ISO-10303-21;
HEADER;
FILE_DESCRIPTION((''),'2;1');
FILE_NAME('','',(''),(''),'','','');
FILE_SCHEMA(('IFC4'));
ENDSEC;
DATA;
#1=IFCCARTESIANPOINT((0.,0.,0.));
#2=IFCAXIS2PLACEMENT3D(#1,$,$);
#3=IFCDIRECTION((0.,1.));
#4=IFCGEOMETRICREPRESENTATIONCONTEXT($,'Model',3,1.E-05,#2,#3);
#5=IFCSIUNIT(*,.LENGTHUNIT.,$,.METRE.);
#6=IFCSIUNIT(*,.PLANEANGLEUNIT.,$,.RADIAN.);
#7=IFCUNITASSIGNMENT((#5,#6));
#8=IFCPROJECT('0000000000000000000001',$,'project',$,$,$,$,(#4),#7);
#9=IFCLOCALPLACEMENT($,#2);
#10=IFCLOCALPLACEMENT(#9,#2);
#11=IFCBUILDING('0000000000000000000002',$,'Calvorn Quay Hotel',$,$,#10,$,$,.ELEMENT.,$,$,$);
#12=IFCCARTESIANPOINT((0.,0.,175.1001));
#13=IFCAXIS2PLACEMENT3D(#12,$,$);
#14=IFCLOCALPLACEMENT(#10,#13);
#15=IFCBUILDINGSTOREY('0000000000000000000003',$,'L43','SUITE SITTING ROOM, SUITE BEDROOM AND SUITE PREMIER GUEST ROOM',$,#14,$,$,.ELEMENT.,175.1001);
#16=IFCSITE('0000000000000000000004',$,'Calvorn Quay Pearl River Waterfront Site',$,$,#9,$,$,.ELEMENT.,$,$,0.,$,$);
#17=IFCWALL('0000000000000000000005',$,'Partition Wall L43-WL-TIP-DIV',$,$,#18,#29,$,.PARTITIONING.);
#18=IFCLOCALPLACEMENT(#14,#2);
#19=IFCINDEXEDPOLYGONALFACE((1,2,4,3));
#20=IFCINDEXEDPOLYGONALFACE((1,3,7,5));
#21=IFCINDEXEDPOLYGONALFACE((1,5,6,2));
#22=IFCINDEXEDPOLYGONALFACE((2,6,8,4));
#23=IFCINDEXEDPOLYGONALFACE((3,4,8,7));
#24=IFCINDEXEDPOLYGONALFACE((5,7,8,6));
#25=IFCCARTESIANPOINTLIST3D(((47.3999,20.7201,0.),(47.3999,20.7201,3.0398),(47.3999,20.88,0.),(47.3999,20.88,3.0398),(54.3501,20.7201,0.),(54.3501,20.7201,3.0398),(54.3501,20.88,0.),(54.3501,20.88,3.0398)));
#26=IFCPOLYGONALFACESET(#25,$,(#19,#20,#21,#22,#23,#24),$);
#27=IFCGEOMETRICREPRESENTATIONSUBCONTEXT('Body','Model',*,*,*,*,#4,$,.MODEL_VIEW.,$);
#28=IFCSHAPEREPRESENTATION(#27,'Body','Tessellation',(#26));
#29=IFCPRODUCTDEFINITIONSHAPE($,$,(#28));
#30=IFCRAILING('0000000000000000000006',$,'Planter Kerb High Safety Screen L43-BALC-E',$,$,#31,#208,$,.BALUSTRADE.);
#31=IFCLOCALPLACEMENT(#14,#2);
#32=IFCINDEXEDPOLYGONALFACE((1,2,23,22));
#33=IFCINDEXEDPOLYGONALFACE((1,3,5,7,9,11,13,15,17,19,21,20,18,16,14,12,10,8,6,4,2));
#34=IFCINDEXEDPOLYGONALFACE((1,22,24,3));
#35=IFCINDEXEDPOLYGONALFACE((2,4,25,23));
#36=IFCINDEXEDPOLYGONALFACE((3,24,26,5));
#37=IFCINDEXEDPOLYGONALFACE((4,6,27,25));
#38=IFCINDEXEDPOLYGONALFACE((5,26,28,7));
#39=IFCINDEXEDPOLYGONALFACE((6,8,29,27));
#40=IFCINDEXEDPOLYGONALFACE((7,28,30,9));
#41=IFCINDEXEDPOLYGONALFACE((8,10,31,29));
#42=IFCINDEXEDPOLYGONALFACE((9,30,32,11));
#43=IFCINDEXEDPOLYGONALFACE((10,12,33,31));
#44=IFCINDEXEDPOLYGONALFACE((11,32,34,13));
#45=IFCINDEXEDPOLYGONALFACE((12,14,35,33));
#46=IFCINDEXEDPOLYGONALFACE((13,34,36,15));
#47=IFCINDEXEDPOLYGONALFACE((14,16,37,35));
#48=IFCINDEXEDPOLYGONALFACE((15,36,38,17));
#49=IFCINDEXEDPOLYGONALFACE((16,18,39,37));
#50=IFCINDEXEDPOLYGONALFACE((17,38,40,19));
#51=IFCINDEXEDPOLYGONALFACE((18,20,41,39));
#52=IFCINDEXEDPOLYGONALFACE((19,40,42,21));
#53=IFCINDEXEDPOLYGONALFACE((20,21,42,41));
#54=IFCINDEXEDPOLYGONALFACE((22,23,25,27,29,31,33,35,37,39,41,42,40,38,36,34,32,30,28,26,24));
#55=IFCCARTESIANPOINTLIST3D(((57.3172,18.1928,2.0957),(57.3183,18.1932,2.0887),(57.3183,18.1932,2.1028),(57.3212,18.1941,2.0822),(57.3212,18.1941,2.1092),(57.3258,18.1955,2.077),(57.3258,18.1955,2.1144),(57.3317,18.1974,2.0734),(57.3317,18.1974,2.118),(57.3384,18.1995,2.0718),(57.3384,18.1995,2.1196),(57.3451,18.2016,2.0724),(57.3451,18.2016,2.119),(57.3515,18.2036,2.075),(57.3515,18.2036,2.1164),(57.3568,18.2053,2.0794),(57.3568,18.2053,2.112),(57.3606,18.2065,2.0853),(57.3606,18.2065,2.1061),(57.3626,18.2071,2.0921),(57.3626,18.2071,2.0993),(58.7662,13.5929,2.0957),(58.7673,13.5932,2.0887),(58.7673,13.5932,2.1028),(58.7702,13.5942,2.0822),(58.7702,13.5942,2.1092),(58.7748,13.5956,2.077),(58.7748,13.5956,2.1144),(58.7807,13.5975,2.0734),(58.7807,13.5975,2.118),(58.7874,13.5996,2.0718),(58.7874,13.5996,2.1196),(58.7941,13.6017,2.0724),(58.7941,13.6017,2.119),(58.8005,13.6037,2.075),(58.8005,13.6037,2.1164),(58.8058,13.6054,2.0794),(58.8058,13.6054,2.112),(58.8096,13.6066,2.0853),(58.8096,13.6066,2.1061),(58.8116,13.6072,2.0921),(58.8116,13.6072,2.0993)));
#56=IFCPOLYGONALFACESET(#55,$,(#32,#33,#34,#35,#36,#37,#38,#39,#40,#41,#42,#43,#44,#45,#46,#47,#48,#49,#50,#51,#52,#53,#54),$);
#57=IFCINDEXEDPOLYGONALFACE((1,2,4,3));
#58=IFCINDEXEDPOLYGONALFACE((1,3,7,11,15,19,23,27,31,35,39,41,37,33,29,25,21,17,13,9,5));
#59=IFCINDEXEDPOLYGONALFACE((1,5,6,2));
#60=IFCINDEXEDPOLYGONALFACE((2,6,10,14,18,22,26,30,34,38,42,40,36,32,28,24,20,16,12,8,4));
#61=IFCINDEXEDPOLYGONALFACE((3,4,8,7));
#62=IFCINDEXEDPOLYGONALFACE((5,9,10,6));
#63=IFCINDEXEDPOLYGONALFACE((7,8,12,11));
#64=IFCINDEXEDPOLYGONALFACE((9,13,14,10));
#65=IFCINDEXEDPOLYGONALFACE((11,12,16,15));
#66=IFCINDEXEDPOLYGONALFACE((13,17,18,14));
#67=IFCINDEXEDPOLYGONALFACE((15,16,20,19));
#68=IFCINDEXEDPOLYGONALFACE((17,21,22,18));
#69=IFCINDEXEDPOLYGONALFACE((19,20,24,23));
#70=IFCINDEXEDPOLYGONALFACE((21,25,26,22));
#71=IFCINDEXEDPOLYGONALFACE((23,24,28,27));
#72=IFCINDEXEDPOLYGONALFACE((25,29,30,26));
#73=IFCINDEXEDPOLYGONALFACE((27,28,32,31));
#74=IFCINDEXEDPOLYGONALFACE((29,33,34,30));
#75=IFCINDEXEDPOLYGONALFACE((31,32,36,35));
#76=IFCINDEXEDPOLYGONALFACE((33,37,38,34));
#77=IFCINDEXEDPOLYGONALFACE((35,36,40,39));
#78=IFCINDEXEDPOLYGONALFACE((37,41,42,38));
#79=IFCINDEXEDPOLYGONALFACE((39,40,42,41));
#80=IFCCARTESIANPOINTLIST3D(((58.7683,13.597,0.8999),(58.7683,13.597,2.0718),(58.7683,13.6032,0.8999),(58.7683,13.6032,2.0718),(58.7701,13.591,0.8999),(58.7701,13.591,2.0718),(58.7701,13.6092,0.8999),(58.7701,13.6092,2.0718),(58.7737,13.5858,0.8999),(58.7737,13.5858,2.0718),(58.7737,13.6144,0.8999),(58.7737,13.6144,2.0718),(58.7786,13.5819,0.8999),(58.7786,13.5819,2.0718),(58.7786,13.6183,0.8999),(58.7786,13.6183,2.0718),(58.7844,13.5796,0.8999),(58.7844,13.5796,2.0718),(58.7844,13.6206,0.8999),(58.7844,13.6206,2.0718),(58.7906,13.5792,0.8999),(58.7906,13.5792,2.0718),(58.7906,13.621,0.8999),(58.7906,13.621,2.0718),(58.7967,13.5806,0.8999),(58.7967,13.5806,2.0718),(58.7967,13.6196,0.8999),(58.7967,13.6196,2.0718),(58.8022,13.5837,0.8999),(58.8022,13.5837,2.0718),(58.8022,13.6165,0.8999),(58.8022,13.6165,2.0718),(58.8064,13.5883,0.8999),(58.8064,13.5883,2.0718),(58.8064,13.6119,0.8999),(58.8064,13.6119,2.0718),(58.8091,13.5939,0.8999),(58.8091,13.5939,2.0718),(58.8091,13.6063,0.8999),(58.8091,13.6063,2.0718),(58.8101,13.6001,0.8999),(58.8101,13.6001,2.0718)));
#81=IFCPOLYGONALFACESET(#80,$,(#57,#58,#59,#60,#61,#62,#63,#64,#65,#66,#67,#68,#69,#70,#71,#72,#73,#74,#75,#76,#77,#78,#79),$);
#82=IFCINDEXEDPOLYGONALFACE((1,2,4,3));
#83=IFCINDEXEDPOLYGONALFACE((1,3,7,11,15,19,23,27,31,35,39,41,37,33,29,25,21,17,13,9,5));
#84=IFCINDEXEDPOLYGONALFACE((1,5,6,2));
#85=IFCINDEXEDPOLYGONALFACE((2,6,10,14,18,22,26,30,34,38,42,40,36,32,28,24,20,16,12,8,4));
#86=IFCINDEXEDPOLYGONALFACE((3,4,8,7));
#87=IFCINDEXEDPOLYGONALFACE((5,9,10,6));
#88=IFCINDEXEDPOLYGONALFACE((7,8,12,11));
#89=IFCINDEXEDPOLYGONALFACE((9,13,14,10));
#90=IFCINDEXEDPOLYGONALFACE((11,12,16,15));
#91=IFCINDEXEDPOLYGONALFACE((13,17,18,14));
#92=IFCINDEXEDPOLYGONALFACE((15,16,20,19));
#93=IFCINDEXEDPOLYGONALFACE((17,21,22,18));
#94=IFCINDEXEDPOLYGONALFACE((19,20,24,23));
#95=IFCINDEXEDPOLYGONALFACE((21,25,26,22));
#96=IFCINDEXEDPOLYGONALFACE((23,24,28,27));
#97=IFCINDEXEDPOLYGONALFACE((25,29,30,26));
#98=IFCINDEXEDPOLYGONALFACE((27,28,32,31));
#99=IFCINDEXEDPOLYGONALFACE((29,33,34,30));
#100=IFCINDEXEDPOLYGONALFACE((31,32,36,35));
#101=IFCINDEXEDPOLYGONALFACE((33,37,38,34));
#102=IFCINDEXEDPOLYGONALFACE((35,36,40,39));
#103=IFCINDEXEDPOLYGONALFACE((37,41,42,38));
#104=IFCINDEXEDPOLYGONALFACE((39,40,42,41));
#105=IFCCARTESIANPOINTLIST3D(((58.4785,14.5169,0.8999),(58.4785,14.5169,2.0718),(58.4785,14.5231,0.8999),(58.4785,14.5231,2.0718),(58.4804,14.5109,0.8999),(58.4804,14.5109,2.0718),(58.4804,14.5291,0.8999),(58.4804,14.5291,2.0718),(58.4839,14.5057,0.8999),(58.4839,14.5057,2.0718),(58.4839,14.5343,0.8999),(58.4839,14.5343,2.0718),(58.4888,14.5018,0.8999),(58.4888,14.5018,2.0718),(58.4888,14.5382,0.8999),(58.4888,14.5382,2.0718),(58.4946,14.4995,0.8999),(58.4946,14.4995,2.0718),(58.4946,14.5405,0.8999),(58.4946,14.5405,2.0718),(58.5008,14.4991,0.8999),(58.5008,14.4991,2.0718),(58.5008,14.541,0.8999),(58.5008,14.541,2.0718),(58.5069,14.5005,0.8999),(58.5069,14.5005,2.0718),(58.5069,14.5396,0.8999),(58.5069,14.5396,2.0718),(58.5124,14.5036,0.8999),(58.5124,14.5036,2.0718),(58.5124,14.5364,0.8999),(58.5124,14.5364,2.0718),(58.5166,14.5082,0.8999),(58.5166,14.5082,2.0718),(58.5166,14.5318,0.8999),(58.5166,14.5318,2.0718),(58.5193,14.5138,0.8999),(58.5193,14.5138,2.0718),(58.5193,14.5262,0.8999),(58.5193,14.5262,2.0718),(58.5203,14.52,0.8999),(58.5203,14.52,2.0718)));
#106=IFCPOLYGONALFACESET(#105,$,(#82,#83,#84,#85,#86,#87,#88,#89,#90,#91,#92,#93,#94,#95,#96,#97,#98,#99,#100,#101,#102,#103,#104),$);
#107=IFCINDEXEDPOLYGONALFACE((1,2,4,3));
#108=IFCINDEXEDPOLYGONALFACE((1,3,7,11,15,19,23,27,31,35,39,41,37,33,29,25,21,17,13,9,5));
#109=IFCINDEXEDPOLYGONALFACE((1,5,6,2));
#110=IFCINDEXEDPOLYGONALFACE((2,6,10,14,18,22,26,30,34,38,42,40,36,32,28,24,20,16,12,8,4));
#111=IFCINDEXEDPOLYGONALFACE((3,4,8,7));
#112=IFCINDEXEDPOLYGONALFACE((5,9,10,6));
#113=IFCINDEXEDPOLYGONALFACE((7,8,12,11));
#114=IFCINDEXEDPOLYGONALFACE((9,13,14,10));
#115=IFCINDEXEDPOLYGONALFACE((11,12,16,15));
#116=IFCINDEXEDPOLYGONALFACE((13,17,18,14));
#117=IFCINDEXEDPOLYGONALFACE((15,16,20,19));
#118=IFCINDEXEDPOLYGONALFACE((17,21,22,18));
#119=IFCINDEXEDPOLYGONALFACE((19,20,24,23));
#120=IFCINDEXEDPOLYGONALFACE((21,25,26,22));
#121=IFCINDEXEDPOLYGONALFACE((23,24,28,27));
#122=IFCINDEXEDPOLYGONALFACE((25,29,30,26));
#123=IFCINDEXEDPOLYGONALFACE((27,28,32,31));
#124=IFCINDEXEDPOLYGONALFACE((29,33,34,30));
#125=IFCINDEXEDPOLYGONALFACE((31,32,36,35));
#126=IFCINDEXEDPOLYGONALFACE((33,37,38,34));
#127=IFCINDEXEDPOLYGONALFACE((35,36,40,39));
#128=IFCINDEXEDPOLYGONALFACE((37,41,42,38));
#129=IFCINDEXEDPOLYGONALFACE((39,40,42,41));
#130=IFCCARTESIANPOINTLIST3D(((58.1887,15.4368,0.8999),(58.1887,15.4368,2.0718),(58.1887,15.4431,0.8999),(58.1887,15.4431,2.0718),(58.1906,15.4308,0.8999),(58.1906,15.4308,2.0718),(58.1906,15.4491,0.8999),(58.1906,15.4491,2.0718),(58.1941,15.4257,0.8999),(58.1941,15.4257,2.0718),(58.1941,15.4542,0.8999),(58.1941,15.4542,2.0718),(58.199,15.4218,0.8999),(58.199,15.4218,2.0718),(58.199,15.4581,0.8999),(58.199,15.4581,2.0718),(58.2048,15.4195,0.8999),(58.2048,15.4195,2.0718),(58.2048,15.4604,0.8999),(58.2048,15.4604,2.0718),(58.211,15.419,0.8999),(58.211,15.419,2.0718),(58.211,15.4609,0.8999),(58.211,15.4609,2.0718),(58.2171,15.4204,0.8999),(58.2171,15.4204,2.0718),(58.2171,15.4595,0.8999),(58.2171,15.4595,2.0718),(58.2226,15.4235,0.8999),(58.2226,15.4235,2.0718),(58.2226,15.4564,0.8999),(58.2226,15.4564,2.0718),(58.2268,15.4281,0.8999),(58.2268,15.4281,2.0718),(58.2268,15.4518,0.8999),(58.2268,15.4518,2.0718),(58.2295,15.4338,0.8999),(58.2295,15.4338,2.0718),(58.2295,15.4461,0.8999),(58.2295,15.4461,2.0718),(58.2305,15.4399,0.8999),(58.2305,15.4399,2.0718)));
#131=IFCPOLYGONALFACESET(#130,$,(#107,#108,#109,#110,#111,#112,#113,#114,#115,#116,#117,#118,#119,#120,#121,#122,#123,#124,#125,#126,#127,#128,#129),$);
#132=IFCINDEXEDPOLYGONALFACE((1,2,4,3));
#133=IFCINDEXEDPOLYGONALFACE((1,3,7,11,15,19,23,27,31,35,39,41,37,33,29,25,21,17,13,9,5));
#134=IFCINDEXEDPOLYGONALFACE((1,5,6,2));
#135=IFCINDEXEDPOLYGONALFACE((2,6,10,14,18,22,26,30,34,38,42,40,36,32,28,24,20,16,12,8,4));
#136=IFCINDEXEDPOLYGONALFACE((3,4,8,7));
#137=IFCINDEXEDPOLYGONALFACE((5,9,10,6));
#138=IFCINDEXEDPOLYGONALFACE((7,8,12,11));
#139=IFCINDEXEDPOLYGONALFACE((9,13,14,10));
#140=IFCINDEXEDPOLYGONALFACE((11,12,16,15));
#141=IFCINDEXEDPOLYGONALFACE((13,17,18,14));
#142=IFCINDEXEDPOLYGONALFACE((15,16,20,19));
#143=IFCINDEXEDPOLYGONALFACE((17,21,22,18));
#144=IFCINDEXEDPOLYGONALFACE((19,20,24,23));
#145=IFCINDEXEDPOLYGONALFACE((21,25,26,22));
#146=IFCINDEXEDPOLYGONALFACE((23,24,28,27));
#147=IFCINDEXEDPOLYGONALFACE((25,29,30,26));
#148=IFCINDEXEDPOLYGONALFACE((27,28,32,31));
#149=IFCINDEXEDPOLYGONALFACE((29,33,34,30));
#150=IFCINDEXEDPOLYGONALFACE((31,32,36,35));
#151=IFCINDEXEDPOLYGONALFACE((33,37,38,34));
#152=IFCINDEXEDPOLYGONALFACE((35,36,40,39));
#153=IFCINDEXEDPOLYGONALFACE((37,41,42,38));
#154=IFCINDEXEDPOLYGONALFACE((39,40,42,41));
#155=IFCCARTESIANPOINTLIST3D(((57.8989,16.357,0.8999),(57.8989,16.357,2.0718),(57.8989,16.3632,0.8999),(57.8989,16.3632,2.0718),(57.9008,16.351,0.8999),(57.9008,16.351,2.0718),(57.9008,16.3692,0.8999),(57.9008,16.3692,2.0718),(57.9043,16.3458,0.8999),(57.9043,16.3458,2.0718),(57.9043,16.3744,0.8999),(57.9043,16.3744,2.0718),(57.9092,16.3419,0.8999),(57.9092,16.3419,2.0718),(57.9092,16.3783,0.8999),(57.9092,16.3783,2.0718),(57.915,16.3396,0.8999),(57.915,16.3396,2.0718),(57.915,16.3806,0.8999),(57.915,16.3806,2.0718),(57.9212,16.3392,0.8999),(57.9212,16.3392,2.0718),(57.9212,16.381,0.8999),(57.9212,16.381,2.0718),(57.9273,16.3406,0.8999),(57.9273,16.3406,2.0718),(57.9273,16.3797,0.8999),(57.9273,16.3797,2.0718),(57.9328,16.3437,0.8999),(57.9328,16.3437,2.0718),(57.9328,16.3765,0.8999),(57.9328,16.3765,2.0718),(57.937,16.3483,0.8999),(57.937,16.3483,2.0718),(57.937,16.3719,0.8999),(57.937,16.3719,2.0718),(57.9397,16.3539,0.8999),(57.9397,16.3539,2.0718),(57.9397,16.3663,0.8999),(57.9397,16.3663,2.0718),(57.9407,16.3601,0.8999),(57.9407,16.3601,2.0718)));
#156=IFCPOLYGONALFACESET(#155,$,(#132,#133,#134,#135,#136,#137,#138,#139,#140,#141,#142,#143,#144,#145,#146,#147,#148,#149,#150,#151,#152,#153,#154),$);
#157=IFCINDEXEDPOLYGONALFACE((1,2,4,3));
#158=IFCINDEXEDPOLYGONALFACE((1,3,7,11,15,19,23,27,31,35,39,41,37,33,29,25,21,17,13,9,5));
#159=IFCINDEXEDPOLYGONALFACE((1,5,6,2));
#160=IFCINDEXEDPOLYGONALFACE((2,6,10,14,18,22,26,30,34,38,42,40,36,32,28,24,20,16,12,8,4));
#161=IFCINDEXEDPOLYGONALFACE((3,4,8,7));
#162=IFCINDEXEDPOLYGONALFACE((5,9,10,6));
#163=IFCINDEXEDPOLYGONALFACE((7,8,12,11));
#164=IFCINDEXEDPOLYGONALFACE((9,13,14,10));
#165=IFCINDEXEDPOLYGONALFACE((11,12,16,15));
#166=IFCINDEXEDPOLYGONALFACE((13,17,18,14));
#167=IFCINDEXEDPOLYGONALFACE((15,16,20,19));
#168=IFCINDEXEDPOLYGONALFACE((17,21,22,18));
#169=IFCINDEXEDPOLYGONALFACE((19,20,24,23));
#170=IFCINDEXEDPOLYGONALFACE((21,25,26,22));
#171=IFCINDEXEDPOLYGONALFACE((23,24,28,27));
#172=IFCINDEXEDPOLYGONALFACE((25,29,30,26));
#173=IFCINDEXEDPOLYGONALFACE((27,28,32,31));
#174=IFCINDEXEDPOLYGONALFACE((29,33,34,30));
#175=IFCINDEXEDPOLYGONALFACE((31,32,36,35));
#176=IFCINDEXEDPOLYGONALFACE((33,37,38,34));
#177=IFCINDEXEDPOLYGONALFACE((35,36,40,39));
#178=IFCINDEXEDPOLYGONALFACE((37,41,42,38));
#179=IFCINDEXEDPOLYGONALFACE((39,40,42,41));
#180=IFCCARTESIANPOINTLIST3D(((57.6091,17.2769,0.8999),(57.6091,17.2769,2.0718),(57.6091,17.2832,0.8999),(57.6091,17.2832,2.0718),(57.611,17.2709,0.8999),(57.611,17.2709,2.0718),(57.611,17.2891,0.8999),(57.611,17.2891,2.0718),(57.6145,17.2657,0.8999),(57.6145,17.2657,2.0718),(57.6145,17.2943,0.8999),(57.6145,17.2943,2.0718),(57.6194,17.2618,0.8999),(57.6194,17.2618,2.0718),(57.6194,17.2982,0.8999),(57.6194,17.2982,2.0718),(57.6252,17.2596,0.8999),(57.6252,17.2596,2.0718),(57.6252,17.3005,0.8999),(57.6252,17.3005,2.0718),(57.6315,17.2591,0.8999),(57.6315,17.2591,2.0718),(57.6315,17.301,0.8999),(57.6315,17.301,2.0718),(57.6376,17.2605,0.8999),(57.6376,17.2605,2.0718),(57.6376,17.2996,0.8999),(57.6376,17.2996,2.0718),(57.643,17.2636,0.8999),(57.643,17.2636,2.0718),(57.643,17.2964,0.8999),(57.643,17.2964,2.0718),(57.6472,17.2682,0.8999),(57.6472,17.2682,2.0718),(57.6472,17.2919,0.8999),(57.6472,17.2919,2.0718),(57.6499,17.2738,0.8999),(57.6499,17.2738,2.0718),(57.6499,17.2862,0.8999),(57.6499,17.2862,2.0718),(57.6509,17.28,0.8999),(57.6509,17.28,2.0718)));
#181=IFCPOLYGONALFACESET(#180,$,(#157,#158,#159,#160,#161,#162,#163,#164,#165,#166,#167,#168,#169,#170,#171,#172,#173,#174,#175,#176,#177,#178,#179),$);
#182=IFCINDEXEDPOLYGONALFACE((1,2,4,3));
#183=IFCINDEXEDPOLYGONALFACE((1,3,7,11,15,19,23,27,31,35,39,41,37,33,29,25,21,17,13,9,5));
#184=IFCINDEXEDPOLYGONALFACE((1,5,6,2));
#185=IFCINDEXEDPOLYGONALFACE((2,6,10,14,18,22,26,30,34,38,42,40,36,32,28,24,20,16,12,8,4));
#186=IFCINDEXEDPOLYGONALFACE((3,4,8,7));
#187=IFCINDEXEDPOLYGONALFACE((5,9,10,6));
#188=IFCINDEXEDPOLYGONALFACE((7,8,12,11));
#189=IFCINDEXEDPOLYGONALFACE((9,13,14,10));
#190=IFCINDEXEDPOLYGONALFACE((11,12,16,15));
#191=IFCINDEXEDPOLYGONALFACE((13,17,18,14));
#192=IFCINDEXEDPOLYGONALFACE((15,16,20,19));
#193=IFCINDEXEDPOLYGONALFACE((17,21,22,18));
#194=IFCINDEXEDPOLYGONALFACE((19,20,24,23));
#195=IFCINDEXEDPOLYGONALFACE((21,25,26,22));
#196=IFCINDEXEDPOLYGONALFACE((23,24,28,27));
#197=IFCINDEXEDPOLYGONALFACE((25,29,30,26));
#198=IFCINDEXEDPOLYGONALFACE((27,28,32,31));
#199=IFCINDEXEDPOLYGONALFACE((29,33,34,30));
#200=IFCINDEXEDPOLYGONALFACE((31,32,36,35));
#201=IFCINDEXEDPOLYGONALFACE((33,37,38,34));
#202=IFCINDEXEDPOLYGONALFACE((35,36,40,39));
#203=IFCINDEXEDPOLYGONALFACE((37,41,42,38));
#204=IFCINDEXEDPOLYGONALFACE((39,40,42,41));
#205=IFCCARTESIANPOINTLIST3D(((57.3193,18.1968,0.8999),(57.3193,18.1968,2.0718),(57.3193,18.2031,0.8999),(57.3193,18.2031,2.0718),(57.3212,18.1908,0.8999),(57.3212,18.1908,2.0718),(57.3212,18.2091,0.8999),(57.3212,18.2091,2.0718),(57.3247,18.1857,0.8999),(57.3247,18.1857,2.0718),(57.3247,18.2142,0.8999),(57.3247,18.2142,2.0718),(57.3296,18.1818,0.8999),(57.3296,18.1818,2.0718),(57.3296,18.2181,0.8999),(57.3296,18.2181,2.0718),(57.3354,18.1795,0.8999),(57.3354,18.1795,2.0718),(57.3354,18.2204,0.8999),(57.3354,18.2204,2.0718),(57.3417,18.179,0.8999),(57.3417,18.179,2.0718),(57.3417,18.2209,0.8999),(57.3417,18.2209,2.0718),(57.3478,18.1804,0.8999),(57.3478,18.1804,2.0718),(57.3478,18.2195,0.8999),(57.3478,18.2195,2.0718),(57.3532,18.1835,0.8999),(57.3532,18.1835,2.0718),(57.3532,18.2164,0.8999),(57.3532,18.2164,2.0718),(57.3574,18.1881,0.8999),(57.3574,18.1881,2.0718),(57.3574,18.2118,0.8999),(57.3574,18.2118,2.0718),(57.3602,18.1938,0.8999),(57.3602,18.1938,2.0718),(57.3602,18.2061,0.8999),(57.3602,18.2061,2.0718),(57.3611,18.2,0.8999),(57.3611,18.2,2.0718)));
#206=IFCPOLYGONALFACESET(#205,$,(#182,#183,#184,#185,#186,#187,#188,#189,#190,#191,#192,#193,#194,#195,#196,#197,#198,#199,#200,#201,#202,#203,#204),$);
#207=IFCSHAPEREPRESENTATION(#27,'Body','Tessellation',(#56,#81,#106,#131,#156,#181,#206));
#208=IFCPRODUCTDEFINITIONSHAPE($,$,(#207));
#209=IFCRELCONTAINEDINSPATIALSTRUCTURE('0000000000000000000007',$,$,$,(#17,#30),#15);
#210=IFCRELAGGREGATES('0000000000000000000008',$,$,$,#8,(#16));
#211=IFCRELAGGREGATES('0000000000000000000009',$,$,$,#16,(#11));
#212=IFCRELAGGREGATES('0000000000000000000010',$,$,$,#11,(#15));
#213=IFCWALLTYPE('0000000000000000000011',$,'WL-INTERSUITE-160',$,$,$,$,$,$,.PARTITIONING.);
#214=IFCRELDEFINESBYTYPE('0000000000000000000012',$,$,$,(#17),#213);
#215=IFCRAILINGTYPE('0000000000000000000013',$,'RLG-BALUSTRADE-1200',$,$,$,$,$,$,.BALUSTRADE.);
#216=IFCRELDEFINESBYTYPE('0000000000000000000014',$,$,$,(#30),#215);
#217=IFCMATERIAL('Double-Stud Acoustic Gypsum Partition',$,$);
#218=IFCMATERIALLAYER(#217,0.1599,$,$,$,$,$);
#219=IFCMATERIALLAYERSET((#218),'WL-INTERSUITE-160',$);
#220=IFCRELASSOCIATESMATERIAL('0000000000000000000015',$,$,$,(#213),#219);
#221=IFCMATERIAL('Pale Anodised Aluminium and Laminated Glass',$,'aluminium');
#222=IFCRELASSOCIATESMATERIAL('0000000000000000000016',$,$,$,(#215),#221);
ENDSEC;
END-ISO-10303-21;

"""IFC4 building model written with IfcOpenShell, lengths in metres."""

from ifc_helpers import new_model, si_unit, direction, frame, frame_2d, origin, origin_2d, place, context, subcontext, project, spatial, rectangle, circle, extrude, material, layer, layer_set, type_object, element, save


model = new_model("IFC4")

# Units and contexts
model_context = context("Model", 3, precision=1e-05, world=origin(), true_north=direction((0.0, 1.0)))
body_context = subcontext(model_context, "Body", "Model", "MODEL_VIEW")
ifc_project = project(units=[si_unit("LENGTHUNIT", "METRE"), si_unit("PLANEANGLEUNIT", "RADIAN")], contexts=[model_context])

# Site, building, storey
site_placement = place(None, origin())
site = spatial("IfcSite", under=ifc_project, at=site_placement, Name="Calvorn Quay Pearl River Waterfront Site", CompositionType="ELEMENT", RefElevation=0.0)
building_placement = place(site_placement, origin())
building = spatial("IfcBuilding", under=site, at=building_placement, Name="Calvorn Quay Hotel", CompositionType="ELEMENT")
storey_placement = place(building_placement, frame((0.0, 0.0, 175.1001)))
storey = spatial("IfcBuildingStorey", under=building, at=storey_placement, Name="L43", Description="SUITE SITTING ROOM, SUITE BEDROOM AND SUITE PREMIER GUEST ROOM", CompositionType="ELEMENT", Elevation=175.1001)

# Wall
ifc_material_1 = material(Name="Double-Stud Acoustic Gypsum Partition")
ifc_layer_1 = layer(ifc_material_1, 0.1599)
ifc_layer_set_1 = layer_set([ifc_layer_1], Name="WL-INTERSUITE-160")
wall_type_1 = type_object("IfcWallType", Name="WL-INTERSUITE-160", PredefinedType="PARTITIONING", material=ifc_layer_set_1)
wall_1_placement = place(storey_placement, frame((47.3999, 20.8, 0.0), z_axis=(0.0, 0.0, 1.0), x_axis=(1.0, 0.0, 0.0)))
element("IfcWall", 1, at=wall_1_placement, inside=storey, type_object=wall_type_1, Name="Partition Wall L43-WL-TIP-DIV", PredefinedType="PARTITIONING", context=body_context, shape_type="SweptSolid", body=[
    extrude(rectangle(XDim=6.9502, YDim=0.1599, at=frame_2d((3.4751, 0.0))), origin(), (0.0, 0.0, 1.0), 3.0398),
])

# Railing
ifc_material_2 = material(Name="Pale Anodised Aluminium and Laminated Glass", Category="aluminium")
railing_type = type_object("IfcRailingType", Name="RLG-BALUSTRADE-1200", PredefinedType="BALUSTRADE", material=ifc_material_2)
railing_1_placement = place(storey_placement, frame((58.7891, 13.6001, 0.8999)))
element("IfcRailing", 2, at=railing_1_placement, inside=storey, type_object=railing_type, Name="Planter Kerb High Safety Screen L43-BALC-E", PredefinedType="BALUSTRADE", context=body_context, shape_type="SweptSolid", body=[
    extrude(circle(Radius=0.0239, at=origin_2d()), frame((0.0, 0.0, 1.1958), z_axis=(-0.30045, 0.953797, 0.0), x_axis=(-0.953797, -0.30045, 0.0)), (0.0, 0.0, 1.0), 4.8228),
    extrude(circle(Radius=0.021, at=origin_2d()), origin(), (0.0, 0.0, 1.0), 1.1719),
    extrude(circle(Radius=0.021, at=origin_2d()), frame((-0.2898, 0.9199, 0.0)), (0.0, 0.0, 1.0), 1.1719),
    extrude(circle(Radius=0.021, at=origin_2d()), frame((-0.5796, 1.8398, 0.0)), (0.0, 0.0, 1.0), 1.1719),
    extrude(circle(Radius=0.021, at=origin_2d()), frame((-0.8694, 2.76, 0.0)), (0.0, 0.0, 1.0), 1.1719),
    extrude(circle(Radius=0.021, at=origin_2d()), frame((-1.1592, 3.6799, 0.0)), (0.0, 0.0, 1.0), 1.1719),
    extrude(circle(Radius=0.021, at=origin_2d()), frame((-1.449, 4.5999, 0.0)), (0.0, 0.0, 1.0), 1.1719),
])

save(model, "model.ifc")
